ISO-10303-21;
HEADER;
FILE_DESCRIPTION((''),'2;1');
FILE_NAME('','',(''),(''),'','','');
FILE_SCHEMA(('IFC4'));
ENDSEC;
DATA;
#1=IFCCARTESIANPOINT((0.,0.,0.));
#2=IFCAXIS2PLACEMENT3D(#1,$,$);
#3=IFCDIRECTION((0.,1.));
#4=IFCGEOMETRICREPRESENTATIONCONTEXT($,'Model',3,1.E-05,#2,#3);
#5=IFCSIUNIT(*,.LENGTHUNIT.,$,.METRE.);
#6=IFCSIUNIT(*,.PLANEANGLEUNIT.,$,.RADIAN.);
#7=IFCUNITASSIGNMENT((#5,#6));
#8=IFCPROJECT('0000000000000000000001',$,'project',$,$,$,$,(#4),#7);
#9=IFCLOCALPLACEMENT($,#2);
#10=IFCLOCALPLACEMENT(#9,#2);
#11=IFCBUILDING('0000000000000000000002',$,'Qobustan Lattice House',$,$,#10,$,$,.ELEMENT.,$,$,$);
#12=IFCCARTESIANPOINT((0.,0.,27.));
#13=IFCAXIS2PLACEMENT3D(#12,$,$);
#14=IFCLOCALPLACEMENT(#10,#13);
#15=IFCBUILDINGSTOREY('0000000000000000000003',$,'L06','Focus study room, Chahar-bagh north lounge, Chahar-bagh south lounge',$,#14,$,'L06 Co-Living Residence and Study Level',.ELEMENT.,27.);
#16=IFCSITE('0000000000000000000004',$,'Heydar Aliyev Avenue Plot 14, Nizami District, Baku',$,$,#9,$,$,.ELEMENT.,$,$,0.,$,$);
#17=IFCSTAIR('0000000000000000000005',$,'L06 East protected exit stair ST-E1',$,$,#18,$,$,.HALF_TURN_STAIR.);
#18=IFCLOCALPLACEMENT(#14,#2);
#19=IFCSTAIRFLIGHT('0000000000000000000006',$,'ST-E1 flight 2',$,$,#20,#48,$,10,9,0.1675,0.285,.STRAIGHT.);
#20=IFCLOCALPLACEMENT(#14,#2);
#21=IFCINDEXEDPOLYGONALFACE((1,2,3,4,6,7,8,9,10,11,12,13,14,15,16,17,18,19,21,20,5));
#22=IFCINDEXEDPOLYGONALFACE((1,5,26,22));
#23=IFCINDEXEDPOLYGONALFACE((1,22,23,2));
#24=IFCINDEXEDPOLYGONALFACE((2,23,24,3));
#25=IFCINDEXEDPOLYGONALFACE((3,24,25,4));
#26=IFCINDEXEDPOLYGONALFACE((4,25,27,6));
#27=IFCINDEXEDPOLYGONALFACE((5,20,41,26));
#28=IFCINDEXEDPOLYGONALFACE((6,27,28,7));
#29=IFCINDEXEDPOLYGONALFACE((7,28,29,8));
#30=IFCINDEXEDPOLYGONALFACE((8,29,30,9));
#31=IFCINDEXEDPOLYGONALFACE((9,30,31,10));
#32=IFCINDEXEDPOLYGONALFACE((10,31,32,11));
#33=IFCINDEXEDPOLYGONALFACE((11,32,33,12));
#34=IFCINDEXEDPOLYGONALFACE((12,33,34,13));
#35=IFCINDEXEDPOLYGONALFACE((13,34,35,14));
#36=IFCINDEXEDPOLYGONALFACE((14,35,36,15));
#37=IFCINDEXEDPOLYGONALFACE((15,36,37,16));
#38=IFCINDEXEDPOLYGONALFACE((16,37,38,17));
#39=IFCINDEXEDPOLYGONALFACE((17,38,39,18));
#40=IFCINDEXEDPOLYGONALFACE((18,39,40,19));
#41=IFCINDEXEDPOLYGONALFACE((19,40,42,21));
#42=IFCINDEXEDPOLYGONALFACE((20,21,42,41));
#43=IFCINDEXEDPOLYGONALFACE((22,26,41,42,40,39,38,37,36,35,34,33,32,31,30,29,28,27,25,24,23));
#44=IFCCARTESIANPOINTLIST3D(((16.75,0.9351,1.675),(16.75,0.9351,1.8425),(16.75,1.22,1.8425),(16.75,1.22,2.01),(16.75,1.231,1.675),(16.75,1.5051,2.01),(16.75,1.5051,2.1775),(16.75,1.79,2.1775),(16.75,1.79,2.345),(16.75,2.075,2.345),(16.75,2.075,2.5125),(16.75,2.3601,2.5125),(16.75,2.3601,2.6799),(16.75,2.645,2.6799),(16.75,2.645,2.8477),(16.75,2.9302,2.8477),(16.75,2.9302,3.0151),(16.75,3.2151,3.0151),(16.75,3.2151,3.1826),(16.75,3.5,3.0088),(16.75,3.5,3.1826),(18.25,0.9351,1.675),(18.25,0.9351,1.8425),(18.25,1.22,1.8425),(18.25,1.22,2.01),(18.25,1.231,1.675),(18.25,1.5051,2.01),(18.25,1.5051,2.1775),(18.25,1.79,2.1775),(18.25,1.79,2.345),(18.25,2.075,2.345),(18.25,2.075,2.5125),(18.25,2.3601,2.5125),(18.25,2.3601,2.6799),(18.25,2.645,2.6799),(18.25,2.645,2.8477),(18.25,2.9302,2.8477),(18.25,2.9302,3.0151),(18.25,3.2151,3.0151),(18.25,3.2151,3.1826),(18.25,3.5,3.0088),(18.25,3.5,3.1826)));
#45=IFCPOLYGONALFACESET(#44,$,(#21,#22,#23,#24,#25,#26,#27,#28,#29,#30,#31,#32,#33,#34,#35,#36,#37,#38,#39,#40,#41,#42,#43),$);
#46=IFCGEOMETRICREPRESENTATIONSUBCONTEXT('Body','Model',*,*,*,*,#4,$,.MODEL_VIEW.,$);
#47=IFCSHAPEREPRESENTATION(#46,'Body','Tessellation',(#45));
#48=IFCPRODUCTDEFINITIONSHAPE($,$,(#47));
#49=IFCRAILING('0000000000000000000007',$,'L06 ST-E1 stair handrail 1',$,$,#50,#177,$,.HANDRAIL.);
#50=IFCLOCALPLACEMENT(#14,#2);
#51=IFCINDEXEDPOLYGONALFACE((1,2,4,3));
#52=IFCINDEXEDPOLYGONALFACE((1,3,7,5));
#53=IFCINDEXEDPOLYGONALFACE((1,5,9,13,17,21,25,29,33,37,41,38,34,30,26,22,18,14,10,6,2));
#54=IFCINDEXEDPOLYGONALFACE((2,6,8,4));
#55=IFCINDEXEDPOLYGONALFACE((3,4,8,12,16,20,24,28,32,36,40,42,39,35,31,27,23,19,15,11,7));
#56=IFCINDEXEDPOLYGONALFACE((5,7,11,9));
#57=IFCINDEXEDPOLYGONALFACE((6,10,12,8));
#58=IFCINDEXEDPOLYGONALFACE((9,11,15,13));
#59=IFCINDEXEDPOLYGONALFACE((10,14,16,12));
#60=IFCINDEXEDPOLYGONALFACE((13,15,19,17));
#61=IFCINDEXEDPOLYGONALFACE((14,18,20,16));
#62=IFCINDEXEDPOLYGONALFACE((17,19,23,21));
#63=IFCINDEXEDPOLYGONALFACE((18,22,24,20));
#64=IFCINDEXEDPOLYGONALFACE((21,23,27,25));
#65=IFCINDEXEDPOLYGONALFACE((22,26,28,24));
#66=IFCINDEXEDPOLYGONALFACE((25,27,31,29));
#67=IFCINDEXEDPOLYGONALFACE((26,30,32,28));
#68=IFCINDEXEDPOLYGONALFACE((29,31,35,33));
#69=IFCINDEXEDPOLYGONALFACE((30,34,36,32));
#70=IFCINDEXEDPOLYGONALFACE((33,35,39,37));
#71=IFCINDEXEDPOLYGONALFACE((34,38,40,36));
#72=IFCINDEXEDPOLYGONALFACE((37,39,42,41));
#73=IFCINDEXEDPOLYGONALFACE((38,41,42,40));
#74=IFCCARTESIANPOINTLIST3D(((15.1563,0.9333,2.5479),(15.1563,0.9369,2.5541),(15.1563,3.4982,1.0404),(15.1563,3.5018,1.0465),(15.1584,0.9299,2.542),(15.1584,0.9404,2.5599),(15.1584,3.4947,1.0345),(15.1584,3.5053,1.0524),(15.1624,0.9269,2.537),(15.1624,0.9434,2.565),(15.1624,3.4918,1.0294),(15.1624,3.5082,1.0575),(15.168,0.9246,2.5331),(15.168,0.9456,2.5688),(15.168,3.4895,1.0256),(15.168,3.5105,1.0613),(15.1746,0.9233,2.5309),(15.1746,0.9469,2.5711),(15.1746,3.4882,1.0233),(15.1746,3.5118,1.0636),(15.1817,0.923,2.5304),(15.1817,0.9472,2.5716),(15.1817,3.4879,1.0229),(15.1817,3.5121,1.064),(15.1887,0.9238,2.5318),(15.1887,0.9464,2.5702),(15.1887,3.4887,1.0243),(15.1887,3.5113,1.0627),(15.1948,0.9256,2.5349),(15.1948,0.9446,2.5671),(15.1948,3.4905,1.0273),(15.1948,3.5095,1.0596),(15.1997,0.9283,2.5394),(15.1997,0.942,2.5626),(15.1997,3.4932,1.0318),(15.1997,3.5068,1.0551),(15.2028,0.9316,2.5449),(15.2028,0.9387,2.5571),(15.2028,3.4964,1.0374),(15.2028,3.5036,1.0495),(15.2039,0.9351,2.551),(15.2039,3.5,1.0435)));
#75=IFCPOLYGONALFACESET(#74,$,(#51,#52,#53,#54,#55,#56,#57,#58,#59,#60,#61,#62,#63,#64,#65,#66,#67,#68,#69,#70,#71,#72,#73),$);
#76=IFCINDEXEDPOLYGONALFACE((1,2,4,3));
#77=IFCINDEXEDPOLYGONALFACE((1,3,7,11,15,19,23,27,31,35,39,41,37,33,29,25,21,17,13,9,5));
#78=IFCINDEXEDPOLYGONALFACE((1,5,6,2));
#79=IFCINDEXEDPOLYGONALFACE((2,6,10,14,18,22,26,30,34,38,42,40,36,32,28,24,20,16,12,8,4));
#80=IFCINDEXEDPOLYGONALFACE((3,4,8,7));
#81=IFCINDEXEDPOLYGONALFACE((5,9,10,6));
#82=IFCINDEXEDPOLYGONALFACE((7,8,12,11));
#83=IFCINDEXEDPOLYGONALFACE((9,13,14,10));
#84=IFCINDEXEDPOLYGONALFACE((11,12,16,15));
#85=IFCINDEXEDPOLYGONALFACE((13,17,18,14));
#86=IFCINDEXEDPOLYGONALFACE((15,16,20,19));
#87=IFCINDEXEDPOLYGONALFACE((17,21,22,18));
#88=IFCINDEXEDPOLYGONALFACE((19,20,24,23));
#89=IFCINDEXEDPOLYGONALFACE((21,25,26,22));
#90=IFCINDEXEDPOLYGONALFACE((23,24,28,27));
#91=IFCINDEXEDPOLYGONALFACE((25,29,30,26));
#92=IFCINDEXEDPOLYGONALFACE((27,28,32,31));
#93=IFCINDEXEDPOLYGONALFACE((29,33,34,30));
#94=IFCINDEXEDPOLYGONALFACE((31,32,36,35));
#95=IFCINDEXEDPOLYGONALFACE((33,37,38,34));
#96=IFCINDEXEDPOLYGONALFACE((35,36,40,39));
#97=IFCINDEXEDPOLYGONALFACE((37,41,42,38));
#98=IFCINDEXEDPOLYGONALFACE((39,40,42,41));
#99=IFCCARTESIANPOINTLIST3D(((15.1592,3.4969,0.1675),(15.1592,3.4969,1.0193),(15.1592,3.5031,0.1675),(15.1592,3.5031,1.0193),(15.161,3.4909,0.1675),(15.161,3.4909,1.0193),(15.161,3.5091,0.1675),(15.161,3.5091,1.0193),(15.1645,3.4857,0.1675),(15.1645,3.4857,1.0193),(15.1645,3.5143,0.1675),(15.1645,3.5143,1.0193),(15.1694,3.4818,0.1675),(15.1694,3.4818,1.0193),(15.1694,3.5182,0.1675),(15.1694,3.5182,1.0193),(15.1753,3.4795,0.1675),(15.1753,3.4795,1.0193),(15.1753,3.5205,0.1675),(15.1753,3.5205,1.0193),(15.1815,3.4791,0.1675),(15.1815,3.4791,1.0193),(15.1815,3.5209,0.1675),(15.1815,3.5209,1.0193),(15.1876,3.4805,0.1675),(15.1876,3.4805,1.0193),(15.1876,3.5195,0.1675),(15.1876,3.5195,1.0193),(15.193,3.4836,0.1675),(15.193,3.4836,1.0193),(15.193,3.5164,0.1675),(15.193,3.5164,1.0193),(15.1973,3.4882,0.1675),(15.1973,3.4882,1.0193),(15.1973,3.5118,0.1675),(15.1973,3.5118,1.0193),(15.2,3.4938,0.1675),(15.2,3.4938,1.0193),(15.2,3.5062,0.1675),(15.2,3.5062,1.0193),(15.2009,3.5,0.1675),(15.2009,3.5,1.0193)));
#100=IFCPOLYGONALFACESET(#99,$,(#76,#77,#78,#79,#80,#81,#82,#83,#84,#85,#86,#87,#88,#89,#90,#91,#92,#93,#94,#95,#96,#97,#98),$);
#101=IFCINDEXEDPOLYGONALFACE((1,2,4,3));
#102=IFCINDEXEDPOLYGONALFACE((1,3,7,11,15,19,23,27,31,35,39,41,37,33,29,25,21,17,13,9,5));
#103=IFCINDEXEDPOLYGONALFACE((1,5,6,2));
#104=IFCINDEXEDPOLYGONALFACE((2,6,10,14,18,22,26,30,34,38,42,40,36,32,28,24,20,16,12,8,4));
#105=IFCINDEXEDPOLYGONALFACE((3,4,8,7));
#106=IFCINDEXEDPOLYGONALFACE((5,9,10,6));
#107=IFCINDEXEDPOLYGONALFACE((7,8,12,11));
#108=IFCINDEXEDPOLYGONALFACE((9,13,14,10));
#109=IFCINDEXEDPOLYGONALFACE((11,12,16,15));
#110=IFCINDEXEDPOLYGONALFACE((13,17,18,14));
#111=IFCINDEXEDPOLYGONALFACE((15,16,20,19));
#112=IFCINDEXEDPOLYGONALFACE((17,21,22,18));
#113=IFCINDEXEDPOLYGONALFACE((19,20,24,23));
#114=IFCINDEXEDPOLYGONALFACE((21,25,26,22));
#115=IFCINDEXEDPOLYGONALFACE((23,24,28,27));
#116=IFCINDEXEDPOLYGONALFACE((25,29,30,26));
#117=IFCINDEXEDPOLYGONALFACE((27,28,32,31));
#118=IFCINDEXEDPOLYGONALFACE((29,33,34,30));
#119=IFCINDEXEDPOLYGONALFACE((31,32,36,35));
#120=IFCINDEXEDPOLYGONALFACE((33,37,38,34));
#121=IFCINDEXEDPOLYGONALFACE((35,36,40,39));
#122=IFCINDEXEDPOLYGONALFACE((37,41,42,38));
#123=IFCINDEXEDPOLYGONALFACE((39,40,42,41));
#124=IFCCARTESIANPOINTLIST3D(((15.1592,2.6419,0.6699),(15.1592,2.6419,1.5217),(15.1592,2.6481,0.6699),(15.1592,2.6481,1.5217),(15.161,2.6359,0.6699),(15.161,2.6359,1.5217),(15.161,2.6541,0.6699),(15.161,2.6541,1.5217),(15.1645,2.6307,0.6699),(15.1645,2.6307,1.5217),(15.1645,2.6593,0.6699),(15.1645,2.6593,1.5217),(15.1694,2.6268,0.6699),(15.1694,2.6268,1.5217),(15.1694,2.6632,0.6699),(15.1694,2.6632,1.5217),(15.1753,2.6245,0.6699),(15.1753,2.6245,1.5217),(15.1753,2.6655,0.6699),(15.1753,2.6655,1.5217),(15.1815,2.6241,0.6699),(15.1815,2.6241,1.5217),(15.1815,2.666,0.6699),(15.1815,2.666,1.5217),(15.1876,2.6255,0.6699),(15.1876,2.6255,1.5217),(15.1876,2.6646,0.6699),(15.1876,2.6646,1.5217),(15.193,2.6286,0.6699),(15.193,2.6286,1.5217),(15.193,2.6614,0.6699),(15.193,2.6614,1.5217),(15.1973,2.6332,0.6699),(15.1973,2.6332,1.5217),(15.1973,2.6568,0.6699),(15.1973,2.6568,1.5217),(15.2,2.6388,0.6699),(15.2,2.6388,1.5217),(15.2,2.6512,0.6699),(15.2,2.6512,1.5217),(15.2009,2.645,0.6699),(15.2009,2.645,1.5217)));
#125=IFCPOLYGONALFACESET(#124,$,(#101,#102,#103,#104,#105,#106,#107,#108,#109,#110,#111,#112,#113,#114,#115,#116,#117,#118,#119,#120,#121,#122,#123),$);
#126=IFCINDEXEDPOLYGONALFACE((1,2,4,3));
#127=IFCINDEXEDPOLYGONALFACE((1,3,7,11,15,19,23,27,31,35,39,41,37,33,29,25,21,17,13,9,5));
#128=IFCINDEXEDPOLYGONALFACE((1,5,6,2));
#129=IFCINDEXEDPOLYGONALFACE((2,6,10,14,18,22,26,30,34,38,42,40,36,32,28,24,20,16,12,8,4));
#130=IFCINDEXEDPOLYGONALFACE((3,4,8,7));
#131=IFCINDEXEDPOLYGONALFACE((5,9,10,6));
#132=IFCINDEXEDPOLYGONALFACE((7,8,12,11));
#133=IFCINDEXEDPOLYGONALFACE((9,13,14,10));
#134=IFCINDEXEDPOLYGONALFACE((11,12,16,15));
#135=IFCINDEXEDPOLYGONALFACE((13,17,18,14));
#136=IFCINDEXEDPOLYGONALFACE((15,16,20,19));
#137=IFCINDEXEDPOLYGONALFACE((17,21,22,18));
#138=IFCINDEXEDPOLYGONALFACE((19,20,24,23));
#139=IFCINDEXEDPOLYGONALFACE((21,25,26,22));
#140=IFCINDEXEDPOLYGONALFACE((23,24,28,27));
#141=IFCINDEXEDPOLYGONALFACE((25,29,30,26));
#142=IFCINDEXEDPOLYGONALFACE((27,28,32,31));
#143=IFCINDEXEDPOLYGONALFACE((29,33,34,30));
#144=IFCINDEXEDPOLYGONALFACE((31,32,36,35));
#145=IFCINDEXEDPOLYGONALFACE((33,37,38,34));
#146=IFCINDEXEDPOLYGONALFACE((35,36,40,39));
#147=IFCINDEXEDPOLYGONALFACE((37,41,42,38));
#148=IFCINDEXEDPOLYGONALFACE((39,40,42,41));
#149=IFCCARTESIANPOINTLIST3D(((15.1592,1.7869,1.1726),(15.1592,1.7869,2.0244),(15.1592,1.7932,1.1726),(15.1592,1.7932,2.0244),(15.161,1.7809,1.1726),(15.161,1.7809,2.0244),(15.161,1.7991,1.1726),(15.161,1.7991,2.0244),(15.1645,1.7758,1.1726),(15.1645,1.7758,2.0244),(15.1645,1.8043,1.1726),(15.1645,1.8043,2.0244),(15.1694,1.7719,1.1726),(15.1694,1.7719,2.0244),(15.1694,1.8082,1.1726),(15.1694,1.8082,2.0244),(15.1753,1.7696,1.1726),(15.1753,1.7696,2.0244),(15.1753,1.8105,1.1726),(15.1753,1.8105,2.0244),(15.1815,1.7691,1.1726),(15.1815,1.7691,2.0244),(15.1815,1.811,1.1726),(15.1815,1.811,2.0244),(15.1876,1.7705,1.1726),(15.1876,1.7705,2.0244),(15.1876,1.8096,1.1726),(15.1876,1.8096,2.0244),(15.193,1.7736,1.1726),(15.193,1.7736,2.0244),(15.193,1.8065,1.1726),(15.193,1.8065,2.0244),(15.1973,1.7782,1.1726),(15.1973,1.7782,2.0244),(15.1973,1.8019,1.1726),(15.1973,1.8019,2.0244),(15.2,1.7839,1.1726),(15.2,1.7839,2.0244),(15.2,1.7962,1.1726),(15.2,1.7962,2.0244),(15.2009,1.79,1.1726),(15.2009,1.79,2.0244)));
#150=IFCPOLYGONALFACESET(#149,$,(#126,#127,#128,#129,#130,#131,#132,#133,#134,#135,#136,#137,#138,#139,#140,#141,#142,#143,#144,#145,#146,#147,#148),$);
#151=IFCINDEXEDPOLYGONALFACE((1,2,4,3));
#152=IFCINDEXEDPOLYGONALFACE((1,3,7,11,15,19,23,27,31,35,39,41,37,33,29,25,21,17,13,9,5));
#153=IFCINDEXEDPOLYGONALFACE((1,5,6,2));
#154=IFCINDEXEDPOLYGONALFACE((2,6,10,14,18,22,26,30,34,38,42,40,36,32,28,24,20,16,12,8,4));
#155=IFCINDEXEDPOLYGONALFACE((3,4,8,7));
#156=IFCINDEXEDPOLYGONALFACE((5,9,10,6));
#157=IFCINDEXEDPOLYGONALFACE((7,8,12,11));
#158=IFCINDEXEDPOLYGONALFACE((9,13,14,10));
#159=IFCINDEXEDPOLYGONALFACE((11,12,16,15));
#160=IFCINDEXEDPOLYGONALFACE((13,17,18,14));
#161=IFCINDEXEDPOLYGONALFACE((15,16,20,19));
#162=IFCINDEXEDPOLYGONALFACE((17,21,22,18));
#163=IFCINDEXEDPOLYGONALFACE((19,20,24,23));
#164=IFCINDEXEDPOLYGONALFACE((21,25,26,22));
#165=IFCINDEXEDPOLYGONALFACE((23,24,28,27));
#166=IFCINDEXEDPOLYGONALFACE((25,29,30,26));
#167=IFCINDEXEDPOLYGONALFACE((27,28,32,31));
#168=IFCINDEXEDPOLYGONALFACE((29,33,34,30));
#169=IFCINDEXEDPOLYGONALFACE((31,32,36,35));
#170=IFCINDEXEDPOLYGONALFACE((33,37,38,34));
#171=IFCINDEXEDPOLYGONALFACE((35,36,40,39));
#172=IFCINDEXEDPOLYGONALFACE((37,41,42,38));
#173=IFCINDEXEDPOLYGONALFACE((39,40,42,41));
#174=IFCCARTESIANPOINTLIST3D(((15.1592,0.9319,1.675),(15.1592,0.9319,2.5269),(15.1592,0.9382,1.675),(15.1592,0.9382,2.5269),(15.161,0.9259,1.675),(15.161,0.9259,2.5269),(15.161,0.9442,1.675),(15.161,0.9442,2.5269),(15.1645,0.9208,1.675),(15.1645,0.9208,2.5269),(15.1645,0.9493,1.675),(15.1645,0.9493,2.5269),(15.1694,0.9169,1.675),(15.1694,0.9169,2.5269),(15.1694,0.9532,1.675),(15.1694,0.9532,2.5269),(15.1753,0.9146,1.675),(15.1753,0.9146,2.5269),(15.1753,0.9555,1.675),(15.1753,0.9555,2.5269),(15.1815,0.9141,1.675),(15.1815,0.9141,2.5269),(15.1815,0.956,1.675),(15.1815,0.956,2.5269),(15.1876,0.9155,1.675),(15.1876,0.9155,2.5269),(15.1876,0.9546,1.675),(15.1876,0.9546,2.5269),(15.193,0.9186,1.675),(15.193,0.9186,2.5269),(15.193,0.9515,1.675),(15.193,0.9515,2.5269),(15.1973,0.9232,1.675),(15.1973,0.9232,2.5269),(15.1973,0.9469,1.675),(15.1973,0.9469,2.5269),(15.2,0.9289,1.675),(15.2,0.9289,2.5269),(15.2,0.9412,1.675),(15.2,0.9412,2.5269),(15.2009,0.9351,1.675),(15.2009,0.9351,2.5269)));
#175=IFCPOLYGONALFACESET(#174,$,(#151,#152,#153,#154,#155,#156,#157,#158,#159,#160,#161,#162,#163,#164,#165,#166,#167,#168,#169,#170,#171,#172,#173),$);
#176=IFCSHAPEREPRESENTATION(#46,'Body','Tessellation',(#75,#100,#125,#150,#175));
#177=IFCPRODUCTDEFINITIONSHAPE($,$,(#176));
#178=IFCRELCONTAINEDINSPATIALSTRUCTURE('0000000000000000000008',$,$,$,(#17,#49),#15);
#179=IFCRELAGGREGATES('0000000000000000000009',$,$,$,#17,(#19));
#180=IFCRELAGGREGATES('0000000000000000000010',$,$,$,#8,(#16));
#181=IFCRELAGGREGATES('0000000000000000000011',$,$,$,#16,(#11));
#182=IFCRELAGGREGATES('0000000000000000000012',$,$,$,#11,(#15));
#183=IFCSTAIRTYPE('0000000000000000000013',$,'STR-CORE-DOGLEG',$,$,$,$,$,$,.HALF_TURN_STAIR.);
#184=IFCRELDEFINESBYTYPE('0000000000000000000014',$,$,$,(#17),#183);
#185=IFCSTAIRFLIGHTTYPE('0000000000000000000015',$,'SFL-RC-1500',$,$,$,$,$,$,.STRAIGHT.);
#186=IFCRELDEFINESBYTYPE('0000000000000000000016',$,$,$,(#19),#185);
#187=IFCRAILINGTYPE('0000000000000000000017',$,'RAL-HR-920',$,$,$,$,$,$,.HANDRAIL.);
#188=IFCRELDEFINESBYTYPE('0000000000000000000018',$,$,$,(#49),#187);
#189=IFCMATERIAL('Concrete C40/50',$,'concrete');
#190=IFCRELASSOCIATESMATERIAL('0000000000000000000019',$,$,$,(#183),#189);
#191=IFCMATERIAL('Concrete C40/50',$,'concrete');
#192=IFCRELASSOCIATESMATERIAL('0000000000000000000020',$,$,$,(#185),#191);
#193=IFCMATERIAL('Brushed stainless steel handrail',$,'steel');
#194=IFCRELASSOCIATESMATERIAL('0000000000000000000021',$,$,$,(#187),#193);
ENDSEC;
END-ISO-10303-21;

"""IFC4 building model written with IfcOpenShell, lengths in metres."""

from ifc_helpers import new_model, si_unit, direction, frame, origin, origin_2d, place, context, subcontext, project, spatial, polyline, circle, outline, extrude, material, type_object, element, aggregate, save


model = new_model("IFC4")

# Units and contexts
model_context = context("Model", 3, precision=1e-05, world=origin(), true_north=direction((0.0, 1.0)))
body_context = subcontext(model_context, "Body", "Model", "MODEL_VIEW")
ifc_project = project(units=[si_unit("LENGTHUNIT", "METRE"), si_unit("PLANEANGLEUNIT", "RADIAN")], contexts=[model_context])

# Site, building, storey
site_placement = place(None, origin())
site = spatial("IfcSite", under=ifc_project, at=site_placement, Name="Heydar Aliyev Avenue Plot 14, Nizami District, Baku", CompositionType="ELEMENT", RefElevation=0.0)
building_placement = place(site_placement, origin())
building = spatial("IfcBuilding", under=site, at=building_placement, Name="Qobustan Lattice House", CompositionType="ELEMENT")
storey_placement = place(building_placement, frame((0.0, 0.0, 27.0)))
storey = spatial("IfcBuildingStorey", under=building, at=storey_placement, Name="L06", Description="Focus study room, Chahar-bagh north lounge, Chahar-bagh south lounge", LongName="L06 Co-Living Residence and Study Level", CompositionType="ELEMENT", Elevation=27.0)

# Stair, stair flight
ifc_material_1 = material(Name="Concrete C40/50", Category="concrete")
stair_type = type_object("IfcStairType", Name="STR-CORE-DOGLEG", PredefinedType="HALF_TURN_STAIR", material=ifc_material_1)
stair_placement = place(storey_placement, origin())
stair = element("IfcStair", 1, at=stair_placement, inside=storey, type_object=stair_type, Name="L06 East protected exit stair ST-E1", PredefinedType="HALF_TURN_STAIR")
ifc_material_2 = material(Name="Concrete C40/50", Category="concrete")
stair_flight_type = type_object("IfcStairFlightType", Name="SFL-RC-1500", PredefinedType="STRAIGHT", material=ifc_material_2)
stair_flight_1_placement = place(storey_placement, frame((17.5, 0.9351, 1.675), z_axis=(0.0, 0.0, 1.0), x_axis=(0.0, 1.0, 0.0)))
stair_flight_1 = element("IfcStairFlight", 2, at=stair_flight_1_placement, type_object=stair_flight_type, Name="ST-E1 flight 2", NumberOfRisers=10, NumberOfTreads=9, PredefinedType="STRAIGHT", RiserHeight=0.1675, TreadLength=0.285, context=body_context, shape_type="SweptSolid", body=[
    extrude(outline(polyline([(0.0, 0.0), (0.0, 0.1675), (0.2849, 0.1675), (0.2849, 0.335), (0.5701, 0.335), (0.5701, 0.5024), (0.855, 0.5024), (0.855, 0.6699), (1.1399, 0.6699), (1.1399, 0.8374), (1.425, 0.8374), (1.425, 1.0049), (1.71, 1.0049), (1.71, 1.1726), (1.9951, 1.1726), (1.9951, 1.3401), (2.28, 1.3401), (2.28, 1.5076), (2.5649, 1.5076), (2.5649, 1.675), (2.5649, 1.3337), (0.2959, 0.0), (0.0, 0.0)])), frame((0.0, 0.75, 0.0), z_axis=(0.0, -1.0, 0.0), x_axis=(1.0, 0.0, 0.0)), (0.0, 0.0, 1.0), 1.5),
])
aggregate(stair, [stair_flight_1])

# Railing
ifc_material_3 = material(Name="Brushed stainless steel handrail", Category="steel")
railing_type_1 = type_object("IfcRailingType", Name="RAL-HR-920", PredefinedType="HANDRAIL", material=ifc_material_3)
railing_1_placement = place(storey_placement, frame((15.1799, 3.5, 0.1675)))
element("IfcRailing", 3, at=railing_1_placement, inside=storey, type_object=railing_type_1, Name="L06 ST-E1 stair handrail 1", PredefinedType="HANDRAIL", context=body_context, shape_type="SweptSolid", body=[
    extrude(circle(Radius=0.0239, at=origin_2d()), frame((0.0, 0.0, 0.876), z_axis=(0.0, -0.862113, 0.506715), x_axis=(1.0, 0.0, 0.0)), (0.0, 0.0, 1.0), 2.9751),
    extrude(circle(Radius=0.021, at=origin_2d()), origin(), (0.0, 0.0, 1.0), 0.8518),
    extrude(circle(Radius=0.021, at=origin_2d()), frame((0.0, -0.855, 0.5024)), (0.0, 0.0, 1.0), 0.8518),
    extrude(circle(Radius=0.021, at=origin_2d()), frame((0.0, -1.71, 1.0051)), (0.0, 0.0, 1.0), 0.8518),
    extrude(circle(Radius=0.021, at=origin_2d()), frame((0.0, -2.5649, 1.5076)), (0.0, 0.0, 1.0), 0.8518),
])

save(model, "model.ifc")
